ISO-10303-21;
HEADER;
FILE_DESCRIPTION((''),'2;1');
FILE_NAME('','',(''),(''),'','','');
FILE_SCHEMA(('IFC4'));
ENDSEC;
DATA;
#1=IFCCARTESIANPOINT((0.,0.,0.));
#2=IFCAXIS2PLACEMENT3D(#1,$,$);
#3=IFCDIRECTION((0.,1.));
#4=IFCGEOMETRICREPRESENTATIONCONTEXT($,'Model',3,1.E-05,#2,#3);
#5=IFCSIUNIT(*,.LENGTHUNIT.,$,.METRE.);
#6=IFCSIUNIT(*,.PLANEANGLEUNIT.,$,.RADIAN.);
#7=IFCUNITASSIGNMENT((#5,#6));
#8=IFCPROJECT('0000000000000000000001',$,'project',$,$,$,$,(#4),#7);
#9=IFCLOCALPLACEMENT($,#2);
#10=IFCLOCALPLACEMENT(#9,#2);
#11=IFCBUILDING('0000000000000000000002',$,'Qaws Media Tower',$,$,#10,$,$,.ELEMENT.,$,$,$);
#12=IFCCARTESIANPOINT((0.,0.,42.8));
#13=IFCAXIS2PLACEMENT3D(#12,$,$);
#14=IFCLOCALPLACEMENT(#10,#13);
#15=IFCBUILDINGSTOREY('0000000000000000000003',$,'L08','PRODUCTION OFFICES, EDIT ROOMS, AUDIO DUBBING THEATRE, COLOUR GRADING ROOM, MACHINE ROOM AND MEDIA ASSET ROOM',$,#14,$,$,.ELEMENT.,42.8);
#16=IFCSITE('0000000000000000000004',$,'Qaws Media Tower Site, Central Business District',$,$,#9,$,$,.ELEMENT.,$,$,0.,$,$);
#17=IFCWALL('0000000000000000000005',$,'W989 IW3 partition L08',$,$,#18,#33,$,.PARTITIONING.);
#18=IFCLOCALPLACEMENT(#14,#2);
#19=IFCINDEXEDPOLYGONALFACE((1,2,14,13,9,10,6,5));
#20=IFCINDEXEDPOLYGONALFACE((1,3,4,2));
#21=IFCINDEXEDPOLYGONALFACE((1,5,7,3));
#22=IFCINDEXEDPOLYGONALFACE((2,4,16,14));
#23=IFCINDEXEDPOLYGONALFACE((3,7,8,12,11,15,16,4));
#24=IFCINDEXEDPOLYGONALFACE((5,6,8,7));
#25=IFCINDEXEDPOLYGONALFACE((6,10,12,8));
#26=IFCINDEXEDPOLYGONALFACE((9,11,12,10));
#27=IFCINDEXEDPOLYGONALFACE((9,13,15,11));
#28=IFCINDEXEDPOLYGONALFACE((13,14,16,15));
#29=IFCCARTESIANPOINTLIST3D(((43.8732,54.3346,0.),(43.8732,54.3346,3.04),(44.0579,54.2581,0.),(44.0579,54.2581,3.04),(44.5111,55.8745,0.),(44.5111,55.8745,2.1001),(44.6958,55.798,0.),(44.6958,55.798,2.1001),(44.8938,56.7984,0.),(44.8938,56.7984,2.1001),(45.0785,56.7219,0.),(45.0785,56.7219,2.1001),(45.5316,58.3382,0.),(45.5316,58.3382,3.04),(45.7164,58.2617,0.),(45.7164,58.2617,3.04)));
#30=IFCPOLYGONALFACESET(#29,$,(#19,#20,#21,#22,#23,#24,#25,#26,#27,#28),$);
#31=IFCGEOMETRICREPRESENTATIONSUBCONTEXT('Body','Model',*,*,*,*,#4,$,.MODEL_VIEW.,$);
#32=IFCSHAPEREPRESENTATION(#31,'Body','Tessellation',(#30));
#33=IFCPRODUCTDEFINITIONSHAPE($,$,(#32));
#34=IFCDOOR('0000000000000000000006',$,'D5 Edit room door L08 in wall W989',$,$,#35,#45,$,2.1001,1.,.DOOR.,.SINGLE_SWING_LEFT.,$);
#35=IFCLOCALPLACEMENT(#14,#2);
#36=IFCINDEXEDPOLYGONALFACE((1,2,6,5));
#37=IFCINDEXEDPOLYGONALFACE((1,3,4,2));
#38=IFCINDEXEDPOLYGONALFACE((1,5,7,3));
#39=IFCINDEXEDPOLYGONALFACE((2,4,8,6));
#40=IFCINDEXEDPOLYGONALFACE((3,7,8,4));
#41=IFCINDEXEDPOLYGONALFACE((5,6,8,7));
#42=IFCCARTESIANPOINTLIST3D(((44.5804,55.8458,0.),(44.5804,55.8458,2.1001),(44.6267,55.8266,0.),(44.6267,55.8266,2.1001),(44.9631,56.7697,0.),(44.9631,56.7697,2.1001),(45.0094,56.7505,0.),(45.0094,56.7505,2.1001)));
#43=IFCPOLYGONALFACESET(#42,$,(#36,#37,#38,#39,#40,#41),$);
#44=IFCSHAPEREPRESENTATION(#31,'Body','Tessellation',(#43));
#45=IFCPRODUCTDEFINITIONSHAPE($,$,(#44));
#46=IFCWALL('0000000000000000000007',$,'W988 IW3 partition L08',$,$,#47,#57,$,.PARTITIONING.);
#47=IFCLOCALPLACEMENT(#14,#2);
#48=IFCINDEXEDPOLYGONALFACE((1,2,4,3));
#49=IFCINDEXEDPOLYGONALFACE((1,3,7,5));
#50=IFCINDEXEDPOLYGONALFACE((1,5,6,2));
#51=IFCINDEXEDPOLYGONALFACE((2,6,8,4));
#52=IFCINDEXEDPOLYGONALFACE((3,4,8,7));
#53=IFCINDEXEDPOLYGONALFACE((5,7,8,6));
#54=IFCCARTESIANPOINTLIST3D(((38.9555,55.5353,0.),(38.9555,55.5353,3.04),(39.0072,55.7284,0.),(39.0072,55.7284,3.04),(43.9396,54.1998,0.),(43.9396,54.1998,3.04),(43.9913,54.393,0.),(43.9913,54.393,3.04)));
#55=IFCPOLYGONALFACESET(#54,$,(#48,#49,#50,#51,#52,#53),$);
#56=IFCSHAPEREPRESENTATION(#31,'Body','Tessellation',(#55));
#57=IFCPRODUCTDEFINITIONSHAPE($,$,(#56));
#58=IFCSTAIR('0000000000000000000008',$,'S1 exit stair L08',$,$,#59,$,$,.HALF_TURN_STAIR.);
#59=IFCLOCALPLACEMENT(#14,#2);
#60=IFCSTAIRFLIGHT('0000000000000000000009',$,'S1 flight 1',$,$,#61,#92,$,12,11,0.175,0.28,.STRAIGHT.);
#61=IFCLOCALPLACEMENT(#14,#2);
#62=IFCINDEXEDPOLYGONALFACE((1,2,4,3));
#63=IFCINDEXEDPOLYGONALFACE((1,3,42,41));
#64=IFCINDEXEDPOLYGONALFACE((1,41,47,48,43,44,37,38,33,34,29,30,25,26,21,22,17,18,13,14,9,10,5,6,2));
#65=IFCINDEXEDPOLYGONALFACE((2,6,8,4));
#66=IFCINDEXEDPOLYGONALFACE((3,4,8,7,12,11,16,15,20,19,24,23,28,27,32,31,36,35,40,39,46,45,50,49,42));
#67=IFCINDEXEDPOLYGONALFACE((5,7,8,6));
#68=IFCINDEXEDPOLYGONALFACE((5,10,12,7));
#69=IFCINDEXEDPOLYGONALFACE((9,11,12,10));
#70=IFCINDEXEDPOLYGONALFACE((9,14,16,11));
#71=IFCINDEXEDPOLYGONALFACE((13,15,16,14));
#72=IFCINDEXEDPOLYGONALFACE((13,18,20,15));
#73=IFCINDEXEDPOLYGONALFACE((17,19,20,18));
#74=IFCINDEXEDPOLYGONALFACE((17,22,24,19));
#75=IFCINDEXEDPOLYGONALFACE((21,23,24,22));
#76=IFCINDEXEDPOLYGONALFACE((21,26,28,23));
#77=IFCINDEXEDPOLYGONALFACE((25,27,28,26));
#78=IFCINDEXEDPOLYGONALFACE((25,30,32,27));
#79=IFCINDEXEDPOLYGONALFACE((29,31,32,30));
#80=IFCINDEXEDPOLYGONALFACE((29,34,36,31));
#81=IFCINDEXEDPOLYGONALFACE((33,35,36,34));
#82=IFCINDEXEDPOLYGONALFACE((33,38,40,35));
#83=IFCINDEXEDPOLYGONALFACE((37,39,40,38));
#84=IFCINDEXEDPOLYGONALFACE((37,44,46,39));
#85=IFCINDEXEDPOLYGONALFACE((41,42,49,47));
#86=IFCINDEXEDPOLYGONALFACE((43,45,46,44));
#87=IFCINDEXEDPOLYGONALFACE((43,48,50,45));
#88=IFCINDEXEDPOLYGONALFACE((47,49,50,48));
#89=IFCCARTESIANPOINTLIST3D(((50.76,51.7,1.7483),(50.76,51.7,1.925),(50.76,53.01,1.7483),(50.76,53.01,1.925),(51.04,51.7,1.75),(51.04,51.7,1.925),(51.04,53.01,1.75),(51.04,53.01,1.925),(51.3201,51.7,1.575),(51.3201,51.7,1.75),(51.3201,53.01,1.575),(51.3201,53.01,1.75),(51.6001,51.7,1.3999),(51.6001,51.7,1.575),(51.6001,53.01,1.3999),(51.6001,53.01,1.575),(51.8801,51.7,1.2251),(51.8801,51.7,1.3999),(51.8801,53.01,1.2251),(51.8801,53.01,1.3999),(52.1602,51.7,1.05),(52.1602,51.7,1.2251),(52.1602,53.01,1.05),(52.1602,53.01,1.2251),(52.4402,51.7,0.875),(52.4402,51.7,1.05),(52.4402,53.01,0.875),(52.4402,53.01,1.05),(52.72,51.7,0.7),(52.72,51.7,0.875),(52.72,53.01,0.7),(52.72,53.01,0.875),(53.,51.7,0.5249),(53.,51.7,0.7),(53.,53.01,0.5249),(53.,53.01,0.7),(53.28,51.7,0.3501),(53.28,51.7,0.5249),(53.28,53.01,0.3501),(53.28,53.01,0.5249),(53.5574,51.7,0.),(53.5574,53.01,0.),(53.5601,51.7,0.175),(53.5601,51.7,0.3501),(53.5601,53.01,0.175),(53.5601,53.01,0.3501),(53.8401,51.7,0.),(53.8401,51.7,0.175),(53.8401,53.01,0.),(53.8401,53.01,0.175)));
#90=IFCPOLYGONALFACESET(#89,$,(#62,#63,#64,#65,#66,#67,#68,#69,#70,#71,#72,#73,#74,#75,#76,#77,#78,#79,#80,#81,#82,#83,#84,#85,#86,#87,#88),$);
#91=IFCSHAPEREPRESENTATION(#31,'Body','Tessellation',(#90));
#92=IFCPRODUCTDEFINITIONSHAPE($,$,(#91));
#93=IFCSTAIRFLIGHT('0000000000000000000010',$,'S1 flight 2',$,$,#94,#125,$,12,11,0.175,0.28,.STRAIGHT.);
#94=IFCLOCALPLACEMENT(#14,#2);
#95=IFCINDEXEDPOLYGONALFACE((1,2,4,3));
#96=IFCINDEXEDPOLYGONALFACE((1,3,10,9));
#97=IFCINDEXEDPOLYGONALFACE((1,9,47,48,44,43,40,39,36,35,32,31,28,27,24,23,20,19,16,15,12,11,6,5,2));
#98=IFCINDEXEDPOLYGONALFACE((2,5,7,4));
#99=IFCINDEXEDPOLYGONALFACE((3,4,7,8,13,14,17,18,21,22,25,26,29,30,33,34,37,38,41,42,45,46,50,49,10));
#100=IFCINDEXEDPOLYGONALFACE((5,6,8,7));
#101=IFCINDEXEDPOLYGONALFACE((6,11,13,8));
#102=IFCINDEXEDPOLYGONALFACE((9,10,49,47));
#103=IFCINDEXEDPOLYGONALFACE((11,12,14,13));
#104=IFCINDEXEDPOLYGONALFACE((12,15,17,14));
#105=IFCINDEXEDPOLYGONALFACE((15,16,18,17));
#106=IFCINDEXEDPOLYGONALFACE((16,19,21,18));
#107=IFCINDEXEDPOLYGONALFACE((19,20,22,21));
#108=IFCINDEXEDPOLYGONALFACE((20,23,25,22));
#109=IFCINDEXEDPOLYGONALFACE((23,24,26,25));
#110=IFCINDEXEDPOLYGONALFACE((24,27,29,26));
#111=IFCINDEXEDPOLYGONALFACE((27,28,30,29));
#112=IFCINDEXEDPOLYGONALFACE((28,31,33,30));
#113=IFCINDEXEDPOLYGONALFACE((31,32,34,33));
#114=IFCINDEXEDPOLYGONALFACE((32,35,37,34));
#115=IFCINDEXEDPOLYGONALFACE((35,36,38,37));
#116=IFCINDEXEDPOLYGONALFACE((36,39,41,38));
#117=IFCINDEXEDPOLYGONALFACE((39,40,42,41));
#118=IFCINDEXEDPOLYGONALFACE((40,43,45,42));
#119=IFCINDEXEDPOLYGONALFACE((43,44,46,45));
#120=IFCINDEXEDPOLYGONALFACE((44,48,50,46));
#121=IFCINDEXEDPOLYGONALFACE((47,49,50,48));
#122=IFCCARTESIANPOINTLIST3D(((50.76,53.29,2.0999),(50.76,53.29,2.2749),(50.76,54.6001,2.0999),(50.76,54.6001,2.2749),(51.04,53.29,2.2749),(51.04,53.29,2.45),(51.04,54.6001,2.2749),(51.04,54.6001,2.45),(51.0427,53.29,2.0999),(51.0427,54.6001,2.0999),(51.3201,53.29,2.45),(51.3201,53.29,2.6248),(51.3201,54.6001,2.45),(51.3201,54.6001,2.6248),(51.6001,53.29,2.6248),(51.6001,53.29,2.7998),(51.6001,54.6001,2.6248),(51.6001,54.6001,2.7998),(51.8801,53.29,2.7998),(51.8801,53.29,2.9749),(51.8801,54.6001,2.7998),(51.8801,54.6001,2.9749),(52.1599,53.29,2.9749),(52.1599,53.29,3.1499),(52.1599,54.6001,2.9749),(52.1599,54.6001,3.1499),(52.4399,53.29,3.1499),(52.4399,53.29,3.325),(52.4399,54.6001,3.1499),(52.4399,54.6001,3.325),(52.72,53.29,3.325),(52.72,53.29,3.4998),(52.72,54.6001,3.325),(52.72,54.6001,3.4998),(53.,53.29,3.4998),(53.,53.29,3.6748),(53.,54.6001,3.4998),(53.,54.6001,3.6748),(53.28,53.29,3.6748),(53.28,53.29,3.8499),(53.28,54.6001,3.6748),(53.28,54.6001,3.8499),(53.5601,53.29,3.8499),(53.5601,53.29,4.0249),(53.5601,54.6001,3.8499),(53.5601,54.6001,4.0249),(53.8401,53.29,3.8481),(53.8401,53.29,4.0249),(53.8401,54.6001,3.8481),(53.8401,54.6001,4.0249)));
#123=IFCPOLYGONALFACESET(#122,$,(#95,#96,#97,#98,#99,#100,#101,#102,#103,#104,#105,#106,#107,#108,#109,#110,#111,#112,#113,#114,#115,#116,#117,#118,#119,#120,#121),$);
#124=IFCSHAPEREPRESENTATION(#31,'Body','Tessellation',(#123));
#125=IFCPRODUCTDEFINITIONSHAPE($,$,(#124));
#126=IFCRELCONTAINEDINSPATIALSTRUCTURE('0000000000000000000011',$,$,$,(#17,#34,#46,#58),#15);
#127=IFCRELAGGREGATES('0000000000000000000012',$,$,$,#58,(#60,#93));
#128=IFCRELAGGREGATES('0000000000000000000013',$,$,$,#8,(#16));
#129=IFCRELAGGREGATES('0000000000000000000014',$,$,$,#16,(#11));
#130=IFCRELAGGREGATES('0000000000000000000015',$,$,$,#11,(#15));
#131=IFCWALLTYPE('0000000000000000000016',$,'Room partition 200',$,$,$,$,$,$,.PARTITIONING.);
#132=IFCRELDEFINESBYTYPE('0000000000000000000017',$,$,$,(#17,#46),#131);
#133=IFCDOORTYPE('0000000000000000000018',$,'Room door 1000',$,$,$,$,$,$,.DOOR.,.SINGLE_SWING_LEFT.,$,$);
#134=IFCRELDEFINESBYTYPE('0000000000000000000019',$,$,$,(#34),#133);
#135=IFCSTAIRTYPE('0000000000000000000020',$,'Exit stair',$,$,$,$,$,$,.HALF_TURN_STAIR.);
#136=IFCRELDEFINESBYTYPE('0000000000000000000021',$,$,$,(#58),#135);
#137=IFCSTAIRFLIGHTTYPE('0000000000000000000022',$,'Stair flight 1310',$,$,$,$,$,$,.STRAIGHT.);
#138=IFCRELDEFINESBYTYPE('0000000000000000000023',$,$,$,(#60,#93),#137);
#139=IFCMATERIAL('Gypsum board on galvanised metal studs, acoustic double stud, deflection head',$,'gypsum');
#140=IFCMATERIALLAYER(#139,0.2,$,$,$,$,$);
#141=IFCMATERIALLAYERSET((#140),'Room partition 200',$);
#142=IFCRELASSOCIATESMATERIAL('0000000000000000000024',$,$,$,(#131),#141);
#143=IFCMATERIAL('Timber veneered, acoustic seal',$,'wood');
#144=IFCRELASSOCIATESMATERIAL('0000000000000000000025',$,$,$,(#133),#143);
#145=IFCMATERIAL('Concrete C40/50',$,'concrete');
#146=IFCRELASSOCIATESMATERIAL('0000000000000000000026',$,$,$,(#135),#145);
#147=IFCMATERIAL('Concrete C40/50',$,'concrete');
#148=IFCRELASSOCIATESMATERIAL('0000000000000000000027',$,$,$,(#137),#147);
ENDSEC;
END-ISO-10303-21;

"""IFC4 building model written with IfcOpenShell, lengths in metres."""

from ifc_helpers import new_model, si_unit, direction, frame, frame_2d, origin, place, context, subcontext, project, spatial, polyline, rectangle, outline, extrude, material, layer, layer_set, type_object, element, fill, aggregate, save


model = new_model("IFC4")

# Units and contexts
model_context = context("Model", 3, precision=1e-05, world=origin(), true_north=direction((0.0, 1.0)))
body_context = subcontext(model_context, "Body", "Model", "MODEL_VIEW")
ifc_project = project(units=[si_unit("LENGTHUNIT", "METRE"), si_unit("PLANEANGLEUNIT", "RADIAN")], contexts=[model_context])

# Site, building, storey
site_placement = place(None, origin())
site = spatial("IfcSite", under=ifc_project, at=site_placement, Name="Qaws Media Tower Site, Central Business District", CompositionType="ELEMENT", RefElevation=0.0)
building_placement = place(site_placement, origin())
building = spatial("IfcBuilding", under=site, at=building_placement, Name="Qaws Media Tower", CompositionType="ELEMENT")
storey_placement = place(building_placement, frame((0.0, 0.0, 42.8)))
storey = spatial("IfcBuildingStorey", under=building, at=storey_placement, Name="L08", Description="PRODUCTION OFFICES, EDIT ROOMS, AUDIO DUBBING THEATRE, COLOUR GRADING ROOM, MACHINE ROOM AND MEDIA ASSET ROOM", CompositionType="ELEMENT", Elevation=42.8)

# Wall, opening, door
ifc_material_1 = material(Name="Gypsum board on galvanised metal studs, acoustic double stud, deflection head", Category="gypsum")
ifc_layer_1 = layer(ifc_material_1, 0.2)
ifc_layer_set_1 = layer_set([ifc_layer_1], Name="Room partition 200")
wall_type_1 = type_object("IfcWallType", Name="Room partition 200", PredefinedType="PARTITIONING", material=ifc_layer_set_1)
wall_1_placement = place(storey_placement, frame((43.9656, 54.2964, 0.0), z_axis=(0.0, 0.0, 1.0), x_axis=(0.382698, 0.923873, 0.0)))
wall_1 = element("IfcWall", 1, at=wall_1_placement, inside=storey, type_object=wall_type_1, Name="W989 IW3 partition L08", PredefinedType="PARTITIONING", context=body_context, shape_type="SweptSolid", body=[
    extrude(rectangle(XDim=4.3335, YDim=0.2, at=frame_2d((2.1667, 0.0))), origin(), (0.0, 0.0, 1.0), 3.04),
])
opening_1_placement = place(wall_1_placement, frame((1.6667, 0.0, 0.0)))
opening_1 = element("IfcOpeningElement", 2, at=opening_1_placement, cuts=wall_1, PredefinedType="OPENING", context=body_context, shape_type="SweptSolid", body=[
    extrude(rectangle(XDim=1.0, YDim=2.1001, at=frame_2d((0.5, 1.05))), frame((0.0, 0.1099, 0.0), z_axis=(0.0, -1.0, 0.0), x_axis=(1.0, 0.0, 0.0)), (0.0, 0.0, 1.0), 0.22),
])
ifc_material_2 = material(Name="Timber veneered, acoustic seal", Category="wood")
door_type_1 = type_object("IfcDoorType", Name="Room door 1000", OperationType="SINGLE_SWING_LEFT", PredefinedType="DOOR", material=ifc_material_2)
door_1_placement = place(opening_1_placement, origin())
door_1 = element("IfcDoor", 3, at=door_1_placement, inside=storey, type_object=door_type_1, Name="D5 Edit room door L08 in wall W989", OperationType="SINGLE_SWING_LEFT", OverallHeight=2.1001, OverallWidth=1.0, PredefinedType="DOOR", context=body_context, shape_type="SweptSolid", body=[
    extrude(rectangle(XDim=1.0, YDim=2.1001, at=frame_2d((0.5, 1.05))), frame((0.0, 0.0249, 0.0), z_axis=(0.0, -1.0, 0.0), x_axis=(1.0, 0.0, 0.0)), (0.0, 0.0, 1.0), 0.05),
])
fill(opening_1, door_1)

# Wall
wall_2_placement = place(storey_placement, frame((43.9656, 54.2964, 0.0), z_axis=(0.0, 0.0, 1.0), x_axis=(-0.965928, 0.258811, 0.0)))
element("IfcWall", 4, at=wall_2_placement, inside=storey, type_object=wall_type_1, Name="W988 IW3 partition L08", PredefinedType="PARTITIONING", context=body_context, shape_type="SweptSolid", body=[
    extrude(rectangle(XDim=5.1599, YDim=0.2, at=frame_2d((2.5801, 0.0))), origin(), (0.0, 0.0, 1.0), 3.04),
])

# Stair, stair flights
ifc_material_3 = material(Name="Concrete C40/50", Category="concrete")
stair_type = type_object("IfcStairType", Name="Exit stair", PredefinedType="HALF_TURN_STAIR", material=ifc_material_3)
stair_placement = place(storey_placement, origin())
stair = element("IfcStair", 5, at=stair_placement, inside=storey, type_object=stair_type, Name="S1 exit stair L08", PredefinedType="HALF_TURN_STAIR")
ifc_material_4 = material(Name="Concrete C40/50", Category="concrete")
stair_flight_type = type_object("IfcStairFlightType", Name="Stair flight 1310", PredefinedType="STRAIGHT", material=ifc_material_4)
stair_flight_1_placement = place(storey_placement, frame((53.8401, 52.355, 0.0), z_axis=(0.0, 0.0, 1.0), x_axis=(-1.0, 0.0, 0.0)))
stair_flight_1 = element("IfcStairFlight", 6, at=stair_flight_1_placement, type_object=stair_flight_type, Name="S1 flight 1", NumberOfRisers=12, NumberOfTreads=11, PredefinedType="STRAIGHT", RiserHeight=0.175, TreadLength=0.28, context=body_context, shape_type="SweptSolid", body=[
    extrude(outline(polyline([(0.0, 0.0), (0.0, 0.175), (0.28, 0.175), (0.28, 0.3501), (0.5601, 0.3501), (0.5601, 0.5249), (0.8401, 0.5249), (0.8401, 0.7), (1.1201, 0.7), (1.1201, 0.875), (1.3999, 0.875), (1.3999, 1.05), (1.6799, 1.05), (1.6799, 1.2251), (1.96, 1.2251), (1.96, 1.3999), (2.24, 1.3999), (2.24, 1.575), (2.52, 1.575), (2.52, 1.75), (2.8, 1.75), (2.8, 1.925), (3.0801, 1.925), (3.0801, 2.1001), (3.0801, 1.7483), (0.2827, 0.0), (0.0, 0.0)])), frame((0.0, 0.655, 0.0), z_axis=(0.0, -1.0, 0.0), x_axis=(1.0, 0.0, 0.0)), (0.0, 0.0, 1.0), 1.3101),
])
stair_flight_2_placement = place(storey_placement, frame((50.76, 53.9451, 2.0999), z_axis=(0.0, 0.0, 1.0), x_axis=(1.0, 0.0, 0.0)))
stair_flight_2 = element("IfcStairFlight", 7, at=stair_flight_2_placement, type_object=stair_flight_type, Name="S1 flight 2", NumberOfRisers=12, NumberOfTreads=11, PredefinedType="STRAIGHT", RiserHeight=0.175, TreadLength=0.28, context=body_context, shape_type="SweptSolid", body=[
    extrude(outline(polyline([(0.0, 0.0), (0.0, 0.175), (0.28, 0.175), (0.28, 0.3501), (0.5601, 0.3501), (0.5601, 0.5249), (0.8401, 0.5249), (0.8401, 0.7), (1.1201, 0.7), (1.1201, 0.875), (1.3999, 0.875), (1.3999, 1.05), (1.6799, 1.05), (1.6799, 1.2251), (1.96, 1.2251), (1.96, 1.3999), (2.24, 1.3999), (2.24, 1.575), (2.52, 1.575), (2.52, 1.75), (2.8, 1.75), (2.8, 1.925), (3.0801, 1.925), (3.0801, 2.1001), (3.0801, 1.7483), (0.2827, 0.0), (0.0, 0.0)])), frame((0.0, 0.655, 0.0), z_axis=(0.0, -1.0, 0.0), x_axis=(1.0, 0.0, 0.0)), (0.0, 0.0, 1.0), 1.3101),
])
aggregate(stair, [stair_flight_1, stair_flight_2])

save(model, "model.ifc")
